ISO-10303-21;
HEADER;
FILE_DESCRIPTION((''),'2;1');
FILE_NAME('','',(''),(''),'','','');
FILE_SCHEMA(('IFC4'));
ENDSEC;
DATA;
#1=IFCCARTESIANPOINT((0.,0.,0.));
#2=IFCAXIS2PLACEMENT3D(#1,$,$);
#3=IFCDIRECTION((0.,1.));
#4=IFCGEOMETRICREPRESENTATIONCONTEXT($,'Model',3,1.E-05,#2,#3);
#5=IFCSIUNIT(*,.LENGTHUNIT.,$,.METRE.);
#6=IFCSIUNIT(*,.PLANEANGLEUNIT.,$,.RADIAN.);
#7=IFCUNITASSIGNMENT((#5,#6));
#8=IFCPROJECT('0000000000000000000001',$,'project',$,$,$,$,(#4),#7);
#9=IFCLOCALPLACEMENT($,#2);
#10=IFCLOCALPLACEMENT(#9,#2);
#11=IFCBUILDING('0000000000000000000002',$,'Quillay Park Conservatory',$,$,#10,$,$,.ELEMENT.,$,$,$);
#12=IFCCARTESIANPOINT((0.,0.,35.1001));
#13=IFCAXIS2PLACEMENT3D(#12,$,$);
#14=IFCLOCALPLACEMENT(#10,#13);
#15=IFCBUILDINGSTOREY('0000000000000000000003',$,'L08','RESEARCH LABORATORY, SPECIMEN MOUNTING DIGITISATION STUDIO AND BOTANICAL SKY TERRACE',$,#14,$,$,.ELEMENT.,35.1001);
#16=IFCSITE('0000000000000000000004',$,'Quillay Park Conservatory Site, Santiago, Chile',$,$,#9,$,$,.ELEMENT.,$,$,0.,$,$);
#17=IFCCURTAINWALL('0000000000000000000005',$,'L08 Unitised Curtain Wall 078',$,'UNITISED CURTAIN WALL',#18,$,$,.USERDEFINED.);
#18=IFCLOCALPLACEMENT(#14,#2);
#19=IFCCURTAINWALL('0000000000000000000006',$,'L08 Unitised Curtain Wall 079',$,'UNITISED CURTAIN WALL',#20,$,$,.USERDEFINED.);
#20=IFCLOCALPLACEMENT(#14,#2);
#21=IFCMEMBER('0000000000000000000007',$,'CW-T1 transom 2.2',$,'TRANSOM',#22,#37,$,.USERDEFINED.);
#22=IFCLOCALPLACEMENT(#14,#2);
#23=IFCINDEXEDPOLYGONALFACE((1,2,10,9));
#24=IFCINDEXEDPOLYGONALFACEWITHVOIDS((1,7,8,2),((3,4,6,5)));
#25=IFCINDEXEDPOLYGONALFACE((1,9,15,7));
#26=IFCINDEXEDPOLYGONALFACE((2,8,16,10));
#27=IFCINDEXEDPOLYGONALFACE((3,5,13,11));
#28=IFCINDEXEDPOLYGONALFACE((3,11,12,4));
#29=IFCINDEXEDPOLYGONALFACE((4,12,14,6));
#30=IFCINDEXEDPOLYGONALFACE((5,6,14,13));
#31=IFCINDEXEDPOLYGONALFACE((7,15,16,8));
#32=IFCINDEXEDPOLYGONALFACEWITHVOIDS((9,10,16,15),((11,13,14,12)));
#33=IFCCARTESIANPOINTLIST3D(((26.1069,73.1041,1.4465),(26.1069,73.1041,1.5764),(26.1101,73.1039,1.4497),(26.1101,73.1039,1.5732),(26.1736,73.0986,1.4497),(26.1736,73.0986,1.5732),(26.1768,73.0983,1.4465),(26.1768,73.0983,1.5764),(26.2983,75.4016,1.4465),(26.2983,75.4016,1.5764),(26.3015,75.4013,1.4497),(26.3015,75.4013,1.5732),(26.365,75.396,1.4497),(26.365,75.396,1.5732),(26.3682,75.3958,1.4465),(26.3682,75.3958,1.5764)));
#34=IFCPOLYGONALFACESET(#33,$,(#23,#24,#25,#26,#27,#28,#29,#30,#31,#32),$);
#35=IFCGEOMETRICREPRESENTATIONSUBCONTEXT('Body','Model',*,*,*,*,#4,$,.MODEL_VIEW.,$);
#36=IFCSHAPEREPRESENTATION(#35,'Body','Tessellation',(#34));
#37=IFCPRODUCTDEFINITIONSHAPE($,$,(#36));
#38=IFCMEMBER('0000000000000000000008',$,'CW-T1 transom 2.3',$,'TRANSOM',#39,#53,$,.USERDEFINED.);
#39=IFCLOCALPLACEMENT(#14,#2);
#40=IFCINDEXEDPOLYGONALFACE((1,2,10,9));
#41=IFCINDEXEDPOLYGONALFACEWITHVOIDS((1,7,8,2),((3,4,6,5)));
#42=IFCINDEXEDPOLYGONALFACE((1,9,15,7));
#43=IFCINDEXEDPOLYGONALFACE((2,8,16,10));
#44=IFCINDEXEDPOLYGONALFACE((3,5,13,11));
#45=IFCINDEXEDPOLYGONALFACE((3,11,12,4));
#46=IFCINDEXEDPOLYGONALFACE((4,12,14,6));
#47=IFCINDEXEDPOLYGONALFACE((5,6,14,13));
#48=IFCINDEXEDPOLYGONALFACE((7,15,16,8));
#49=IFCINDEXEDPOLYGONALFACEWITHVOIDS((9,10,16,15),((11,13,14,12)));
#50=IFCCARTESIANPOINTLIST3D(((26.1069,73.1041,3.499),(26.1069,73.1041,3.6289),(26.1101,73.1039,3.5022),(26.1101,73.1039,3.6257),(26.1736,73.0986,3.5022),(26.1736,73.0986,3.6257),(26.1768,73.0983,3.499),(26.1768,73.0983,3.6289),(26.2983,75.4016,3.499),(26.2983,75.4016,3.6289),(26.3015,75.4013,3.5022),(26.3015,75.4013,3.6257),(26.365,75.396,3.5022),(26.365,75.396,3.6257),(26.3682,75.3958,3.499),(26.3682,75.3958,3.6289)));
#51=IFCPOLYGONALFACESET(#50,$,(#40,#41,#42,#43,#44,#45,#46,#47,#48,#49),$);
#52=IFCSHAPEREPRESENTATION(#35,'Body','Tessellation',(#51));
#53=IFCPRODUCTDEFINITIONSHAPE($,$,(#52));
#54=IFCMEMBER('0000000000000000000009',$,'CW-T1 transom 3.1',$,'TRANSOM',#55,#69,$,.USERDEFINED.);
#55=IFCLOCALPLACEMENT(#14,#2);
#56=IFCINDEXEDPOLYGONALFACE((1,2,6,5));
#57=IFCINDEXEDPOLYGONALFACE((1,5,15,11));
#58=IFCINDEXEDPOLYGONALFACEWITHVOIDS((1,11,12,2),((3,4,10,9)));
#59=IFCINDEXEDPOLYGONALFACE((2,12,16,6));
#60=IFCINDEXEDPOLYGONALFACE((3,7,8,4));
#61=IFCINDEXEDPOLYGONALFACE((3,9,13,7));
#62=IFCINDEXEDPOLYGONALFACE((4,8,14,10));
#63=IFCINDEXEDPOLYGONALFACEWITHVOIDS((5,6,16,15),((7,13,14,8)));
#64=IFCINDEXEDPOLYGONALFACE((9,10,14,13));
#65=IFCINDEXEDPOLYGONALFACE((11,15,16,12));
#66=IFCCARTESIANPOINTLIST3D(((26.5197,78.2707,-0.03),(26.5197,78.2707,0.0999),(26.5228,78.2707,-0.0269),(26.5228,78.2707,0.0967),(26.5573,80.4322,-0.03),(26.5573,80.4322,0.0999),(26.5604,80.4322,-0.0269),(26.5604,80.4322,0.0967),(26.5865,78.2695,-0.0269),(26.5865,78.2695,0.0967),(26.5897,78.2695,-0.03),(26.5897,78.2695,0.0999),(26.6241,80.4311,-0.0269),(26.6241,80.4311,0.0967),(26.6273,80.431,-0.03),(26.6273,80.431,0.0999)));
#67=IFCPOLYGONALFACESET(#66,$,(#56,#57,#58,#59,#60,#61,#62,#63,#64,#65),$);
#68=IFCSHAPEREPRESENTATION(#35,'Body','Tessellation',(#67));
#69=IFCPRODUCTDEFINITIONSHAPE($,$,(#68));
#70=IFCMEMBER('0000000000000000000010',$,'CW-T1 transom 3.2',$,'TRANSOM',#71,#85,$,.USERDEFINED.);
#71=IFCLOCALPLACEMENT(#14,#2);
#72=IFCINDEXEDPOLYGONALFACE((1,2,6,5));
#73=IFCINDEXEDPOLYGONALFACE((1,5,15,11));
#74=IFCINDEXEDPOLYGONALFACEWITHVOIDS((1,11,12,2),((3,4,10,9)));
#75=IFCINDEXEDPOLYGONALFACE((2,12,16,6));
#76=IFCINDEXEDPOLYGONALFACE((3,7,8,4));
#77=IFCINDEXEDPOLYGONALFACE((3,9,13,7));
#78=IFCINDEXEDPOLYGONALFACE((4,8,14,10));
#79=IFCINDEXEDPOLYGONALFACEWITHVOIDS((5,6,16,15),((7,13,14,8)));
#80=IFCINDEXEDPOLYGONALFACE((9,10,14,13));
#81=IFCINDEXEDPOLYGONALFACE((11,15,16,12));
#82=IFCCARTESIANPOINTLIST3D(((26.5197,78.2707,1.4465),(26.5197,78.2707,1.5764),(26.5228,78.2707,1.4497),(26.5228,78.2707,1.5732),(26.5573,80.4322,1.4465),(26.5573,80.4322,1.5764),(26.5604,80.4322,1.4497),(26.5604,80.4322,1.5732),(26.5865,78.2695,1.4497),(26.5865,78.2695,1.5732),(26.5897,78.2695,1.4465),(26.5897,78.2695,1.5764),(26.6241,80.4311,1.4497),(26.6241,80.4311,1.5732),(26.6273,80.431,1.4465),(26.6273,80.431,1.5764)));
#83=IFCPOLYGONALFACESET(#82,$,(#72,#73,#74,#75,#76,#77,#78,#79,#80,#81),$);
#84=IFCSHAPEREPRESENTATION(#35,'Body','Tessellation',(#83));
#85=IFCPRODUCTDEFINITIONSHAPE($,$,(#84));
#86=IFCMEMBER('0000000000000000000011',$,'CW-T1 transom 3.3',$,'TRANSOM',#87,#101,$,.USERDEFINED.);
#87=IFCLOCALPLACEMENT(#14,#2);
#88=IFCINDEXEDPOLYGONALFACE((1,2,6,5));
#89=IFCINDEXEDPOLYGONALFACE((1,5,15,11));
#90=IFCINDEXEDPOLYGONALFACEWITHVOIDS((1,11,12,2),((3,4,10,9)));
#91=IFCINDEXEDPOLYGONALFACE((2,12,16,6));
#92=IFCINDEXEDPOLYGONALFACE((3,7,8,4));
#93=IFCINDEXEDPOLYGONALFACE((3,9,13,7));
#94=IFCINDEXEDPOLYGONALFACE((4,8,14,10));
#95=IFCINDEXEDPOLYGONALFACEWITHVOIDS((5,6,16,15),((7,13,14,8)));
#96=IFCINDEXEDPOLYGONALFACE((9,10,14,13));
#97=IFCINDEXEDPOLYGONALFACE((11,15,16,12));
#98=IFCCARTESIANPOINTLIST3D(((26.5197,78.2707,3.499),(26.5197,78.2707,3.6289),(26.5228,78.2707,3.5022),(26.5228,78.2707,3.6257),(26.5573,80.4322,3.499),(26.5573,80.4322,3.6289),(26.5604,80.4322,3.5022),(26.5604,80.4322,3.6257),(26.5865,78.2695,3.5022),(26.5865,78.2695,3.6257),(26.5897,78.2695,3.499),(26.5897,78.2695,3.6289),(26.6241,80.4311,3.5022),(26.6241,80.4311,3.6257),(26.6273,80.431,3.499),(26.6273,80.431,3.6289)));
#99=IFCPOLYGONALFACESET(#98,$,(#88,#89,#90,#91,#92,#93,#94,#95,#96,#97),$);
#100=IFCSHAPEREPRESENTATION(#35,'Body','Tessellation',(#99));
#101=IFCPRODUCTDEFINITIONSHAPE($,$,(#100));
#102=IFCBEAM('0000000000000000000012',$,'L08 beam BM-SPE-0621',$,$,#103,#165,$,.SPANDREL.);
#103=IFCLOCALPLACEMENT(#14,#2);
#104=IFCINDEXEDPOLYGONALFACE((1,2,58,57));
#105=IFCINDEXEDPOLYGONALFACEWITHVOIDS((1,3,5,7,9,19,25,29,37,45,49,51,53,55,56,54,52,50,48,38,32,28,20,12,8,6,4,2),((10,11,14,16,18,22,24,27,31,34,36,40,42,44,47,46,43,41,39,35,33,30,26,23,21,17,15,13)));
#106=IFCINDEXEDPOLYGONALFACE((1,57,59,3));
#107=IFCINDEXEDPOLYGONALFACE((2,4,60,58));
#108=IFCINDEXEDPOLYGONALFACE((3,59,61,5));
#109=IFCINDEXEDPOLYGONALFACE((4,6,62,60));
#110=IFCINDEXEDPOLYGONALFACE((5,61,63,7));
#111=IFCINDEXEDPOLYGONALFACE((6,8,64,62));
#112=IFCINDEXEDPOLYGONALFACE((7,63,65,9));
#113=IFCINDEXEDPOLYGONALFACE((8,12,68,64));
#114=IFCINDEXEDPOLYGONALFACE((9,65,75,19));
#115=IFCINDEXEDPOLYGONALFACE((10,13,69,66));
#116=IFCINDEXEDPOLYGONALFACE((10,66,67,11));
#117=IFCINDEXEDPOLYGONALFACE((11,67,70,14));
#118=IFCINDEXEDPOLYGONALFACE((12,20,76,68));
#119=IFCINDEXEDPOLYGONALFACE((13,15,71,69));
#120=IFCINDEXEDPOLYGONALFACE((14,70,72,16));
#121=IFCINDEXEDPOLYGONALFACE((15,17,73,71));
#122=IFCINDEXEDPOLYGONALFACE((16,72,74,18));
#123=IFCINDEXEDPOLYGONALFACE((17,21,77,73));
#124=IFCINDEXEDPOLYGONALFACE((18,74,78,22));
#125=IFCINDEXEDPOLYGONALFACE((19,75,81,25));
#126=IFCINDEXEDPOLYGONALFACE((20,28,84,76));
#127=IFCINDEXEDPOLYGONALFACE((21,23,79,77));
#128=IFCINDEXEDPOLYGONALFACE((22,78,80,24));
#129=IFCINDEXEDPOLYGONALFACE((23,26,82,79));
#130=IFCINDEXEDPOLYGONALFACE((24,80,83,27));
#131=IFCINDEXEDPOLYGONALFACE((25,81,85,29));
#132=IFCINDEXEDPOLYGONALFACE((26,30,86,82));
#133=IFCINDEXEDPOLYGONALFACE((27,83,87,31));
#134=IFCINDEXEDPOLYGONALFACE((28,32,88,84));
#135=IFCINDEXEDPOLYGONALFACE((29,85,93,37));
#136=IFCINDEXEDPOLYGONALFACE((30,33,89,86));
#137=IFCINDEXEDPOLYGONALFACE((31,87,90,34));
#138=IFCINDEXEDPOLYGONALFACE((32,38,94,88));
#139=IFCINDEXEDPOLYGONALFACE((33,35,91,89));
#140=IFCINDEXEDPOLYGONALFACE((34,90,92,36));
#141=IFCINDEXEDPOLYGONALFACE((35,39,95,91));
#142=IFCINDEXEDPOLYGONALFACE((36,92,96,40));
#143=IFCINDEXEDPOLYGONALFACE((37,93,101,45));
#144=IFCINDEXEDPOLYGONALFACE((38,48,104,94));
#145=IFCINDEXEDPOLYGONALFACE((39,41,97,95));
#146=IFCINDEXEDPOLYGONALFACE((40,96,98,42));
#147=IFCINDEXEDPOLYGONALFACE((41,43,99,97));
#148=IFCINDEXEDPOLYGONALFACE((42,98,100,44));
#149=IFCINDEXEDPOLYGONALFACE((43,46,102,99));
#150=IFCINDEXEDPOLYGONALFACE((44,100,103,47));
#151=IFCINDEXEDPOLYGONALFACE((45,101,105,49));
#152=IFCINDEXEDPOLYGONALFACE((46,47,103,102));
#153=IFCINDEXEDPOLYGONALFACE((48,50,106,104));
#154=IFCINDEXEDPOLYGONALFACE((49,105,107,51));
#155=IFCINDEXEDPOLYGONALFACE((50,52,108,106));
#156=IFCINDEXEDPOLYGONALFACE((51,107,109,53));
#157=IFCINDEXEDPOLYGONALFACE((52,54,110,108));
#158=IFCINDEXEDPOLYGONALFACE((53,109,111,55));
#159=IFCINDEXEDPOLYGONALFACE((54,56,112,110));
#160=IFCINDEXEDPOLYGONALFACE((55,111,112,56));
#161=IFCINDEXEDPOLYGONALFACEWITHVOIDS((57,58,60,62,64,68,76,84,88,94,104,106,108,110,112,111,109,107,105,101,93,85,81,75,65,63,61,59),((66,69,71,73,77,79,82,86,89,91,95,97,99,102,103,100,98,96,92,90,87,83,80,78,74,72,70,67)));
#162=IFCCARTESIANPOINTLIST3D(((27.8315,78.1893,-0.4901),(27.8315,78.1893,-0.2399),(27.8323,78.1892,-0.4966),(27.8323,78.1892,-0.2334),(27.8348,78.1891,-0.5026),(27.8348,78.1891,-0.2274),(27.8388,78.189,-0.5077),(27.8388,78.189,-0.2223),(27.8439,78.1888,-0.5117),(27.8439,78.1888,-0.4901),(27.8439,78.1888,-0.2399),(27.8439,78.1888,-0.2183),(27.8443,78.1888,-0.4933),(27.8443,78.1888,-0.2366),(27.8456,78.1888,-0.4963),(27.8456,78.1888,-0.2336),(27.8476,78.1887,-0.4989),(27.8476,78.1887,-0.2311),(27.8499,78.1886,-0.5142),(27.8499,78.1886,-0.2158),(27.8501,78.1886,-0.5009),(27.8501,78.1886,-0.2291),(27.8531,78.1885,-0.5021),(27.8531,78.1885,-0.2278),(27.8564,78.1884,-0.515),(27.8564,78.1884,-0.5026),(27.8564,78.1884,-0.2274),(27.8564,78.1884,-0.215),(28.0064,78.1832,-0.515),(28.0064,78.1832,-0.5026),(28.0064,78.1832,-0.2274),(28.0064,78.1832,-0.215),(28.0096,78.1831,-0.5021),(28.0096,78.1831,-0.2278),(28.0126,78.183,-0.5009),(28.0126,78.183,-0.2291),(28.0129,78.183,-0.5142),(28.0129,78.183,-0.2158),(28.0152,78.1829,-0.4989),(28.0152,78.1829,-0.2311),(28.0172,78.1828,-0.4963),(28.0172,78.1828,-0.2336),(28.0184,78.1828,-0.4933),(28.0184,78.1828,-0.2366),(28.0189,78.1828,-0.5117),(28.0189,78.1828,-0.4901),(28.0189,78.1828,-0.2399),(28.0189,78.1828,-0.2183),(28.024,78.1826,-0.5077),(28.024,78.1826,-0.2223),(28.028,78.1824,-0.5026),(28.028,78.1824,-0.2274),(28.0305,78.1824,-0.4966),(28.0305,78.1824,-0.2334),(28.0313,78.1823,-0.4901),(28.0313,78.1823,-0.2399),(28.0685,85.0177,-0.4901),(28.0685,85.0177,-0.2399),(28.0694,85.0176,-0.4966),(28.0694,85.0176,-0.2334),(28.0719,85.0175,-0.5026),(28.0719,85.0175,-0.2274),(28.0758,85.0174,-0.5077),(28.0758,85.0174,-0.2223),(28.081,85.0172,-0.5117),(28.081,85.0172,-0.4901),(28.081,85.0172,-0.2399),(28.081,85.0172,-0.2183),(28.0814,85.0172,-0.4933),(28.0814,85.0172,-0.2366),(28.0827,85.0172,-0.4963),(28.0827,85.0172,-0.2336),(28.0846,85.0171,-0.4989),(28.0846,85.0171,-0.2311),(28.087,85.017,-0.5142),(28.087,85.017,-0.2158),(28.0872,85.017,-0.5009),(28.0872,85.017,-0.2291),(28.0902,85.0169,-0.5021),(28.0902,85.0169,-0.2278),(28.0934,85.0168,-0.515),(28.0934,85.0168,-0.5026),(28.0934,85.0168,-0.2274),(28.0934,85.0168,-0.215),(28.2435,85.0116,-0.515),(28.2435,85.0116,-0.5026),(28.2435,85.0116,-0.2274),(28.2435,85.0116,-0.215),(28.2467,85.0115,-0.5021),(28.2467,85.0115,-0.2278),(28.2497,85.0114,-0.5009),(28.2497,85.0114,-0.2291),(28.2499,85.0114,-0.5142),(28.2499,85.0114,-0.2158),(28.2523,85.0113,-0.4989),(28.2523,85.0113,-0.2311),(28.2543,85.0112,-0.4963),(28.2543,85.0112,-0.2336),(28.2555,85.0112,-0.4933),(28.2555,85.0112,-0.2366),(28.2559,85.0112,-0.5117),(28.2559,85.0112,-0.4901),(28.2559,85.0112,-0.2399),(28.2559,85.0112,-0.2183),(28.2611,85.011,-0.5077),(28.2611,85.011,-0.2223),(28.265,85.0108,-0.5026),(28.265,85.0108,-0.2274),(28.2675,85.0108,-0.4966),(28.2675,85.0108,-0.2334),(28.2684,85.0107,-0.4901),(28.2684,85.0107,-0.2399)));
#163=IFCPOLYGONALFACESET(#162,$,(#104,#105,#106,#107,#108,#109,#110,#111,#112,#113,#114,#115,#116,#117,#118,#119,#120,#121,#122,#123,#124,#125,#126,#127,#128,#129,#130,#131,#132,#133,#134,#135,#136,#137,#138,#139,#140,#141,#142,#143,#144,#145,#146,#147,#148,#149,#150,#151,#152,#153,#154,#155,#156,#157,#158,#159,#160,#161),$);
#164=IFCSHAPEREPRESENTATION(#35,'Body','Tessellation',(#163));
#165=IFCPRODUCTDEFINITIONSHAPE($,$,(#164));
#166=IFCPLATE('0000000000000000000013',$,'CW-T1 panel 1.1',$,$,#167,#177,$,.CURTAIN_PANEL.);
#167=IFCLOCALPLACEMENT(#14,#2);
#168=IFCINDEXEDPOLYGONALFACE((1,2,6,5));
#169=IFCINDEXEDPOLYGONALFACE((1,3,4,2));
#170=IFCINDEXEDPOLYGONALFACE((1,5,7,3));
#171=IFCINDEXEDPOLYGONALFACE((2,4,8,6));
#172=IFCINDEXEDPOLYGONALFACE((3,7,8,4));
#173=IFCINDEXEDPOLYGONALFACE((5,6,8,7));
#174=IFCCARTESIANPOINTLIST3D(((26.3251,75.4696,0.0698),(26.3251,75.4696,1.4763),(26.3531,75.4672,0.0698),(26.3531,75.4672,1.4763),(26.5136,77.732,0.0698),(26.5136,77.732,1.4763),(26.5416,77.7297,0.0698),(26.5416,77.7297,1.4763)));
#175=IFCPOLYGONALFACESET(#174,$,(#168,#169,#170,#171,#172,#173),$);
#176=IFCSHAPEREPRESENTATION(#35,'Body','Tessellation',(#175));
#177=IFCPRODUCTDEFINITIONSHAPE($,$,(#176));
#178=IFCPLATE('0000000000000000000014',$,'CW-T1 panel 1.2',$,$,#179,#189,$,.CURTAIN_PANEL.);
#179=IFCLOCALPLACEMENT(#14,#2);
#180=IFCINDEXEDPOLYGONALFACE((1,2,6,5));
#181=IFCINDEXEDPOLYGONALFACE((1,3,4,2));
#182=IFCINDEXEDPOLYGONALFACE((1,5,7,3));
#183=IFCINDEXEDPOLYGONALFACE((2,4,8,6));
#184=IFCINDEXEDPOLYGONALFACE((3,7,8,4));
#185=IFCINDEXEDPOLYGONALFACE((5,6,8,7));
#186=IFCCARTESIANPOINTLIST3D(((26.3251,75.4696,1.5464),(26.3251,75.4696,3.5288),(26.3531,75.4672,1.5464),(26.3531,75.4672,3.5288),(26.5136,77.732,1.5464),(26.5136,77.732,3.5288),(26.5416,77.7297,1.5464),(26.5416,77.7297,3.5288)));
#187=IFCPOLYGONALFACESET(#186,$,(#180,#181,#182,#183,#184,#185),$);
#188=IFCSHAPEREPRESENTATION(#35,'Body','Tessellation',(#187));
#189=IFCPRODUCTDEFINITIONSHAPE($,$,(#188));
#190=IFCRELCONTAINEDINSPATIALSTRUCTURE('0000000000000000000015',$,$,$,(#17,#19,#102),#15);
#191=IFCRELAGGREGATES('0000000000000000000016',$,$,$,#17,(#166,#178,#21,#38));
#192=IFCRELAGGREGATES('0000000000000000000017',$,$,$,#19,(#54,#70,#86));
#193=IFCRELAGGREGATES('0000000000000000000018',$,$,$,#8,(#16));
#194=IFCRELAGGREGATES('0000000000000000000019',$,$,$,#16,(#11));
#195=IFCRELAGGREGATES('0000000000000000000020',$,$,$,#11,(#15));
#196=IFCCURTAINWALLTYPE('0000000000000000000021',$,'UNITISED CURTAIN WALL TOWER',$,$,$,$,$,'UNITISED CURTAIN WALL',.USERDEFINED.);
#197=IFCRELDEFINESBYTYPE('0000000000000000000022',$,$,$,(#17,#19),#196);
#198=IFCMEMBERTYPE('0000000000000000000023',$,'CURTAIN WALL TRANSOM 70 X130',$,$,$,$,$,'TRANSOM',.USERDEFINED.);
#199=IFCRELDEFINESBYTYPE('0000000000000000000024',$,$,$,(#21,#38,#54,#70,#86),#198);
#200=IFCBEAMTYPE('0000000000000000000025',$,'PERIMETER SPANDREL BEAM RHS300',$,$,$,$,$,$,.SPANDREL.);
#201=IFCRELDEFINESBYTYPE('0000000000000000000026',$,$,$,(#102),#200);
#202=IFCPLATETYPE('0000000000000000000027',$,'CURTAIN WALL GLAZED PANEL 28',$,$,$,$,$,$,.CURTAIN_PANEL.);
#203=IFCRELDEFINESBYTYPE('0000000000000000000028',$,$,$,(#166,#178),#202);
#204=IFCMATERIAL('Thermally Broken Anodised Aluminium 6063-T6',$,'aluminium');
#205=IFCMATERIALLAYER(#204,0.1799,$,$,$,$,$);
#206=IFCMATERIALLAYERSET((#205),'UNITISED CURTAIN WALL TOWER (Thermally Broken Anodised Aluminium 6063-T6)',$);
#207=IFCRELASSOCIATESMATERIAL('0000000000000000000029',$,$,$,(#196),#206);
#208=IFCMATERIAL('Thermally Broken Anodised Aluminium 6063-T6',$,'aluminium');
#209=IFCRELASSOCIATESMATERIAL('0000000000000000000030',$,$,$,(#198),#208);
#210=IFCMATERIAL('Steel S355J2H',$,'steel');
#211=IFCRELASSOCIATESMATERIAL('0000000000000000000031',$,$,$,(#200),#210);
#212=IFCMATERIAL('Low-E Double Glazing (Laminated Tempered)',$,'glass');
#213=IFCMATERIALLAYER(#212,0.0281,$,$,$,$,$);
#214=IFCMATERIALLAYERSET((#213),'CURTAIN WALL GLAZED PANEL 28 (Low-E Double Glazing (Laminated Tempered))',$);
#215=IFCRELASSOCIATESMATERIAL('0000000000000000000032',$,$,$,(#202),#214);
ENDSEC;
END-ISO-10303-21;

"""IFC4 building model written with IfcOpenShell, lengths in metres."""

from ifc_helpers import new_model, si_unit, direction, frame, origin, origin_2d, place, context, subcontext, project, spatial, rectangle, hollow_rectangle, extrude, material, layer, layer_set, material_profile, profile_set, type_object, element, aggregate, save


model = new_model("IFC4")

# Units and contexts
model_context = context("Model", 3, precision=1e-05, world=origin(), true_north=direction((0.0, 1.0)))
body_context = subcontext(model_context, "Body", "Model", "MODEL_VIEW")
ifc_project = project(units=[si_unit("LENGTHUNIT", "METRE"), si_unit("PLANEANGLEUNIT", "RADIAN")], contexts=[model_context])

# Site, building, storey
site_placement = place(None, origin())
site = spatial("IfcSite", under=ifc_project, at=site_placement, Name="Quillay Park Conservatory Site, Santiago, Chile", CompositionType="ELEMENT", RefElevation=0.0)
building_placement = place(site_placement, origin())
building = spatial("IfcBuilding", under=site, at=building_placement, Name="Quillay Park Conservatory", CompositionType="ELEMENT")
storey_placement = place(building_placement, frame((0.0, 0.0, 35.1001)))
storey = spatial("IfcBuildingStorey", under=building, at=storey_placement, Name="L08", Description="RESEARCH LABORATORY, SPECIMEN MOUNTING DIGITISATION STUDIO AND BOTANICAL SKY TERRACE", CompositionType="ELEMENT", Elevation=35.1001)

# Curtain walls
ifc_material_1 = material(Name="Thermally Broken Anodised Aluminium 6063-T6", Category="aluminium")
ifc_layer_1 = layer(ifc_material_1, 0.1799)
ifc_layer_set_1 = layer_set([ifc_layer_1], Name="UNITISED CURTAIN WALL TOWER (Thermally Broken Anodised Aluminium 6063-T6)")
curtain_wall_type = type_object("IfcCurtainWallType", Name="UNITISED CURTAIN WALL TOWER", ElementType="UNITISED CURTAIN WALL", PredefinedType="USERDEFINED", material=ifc_layer_set_1)
curtain_wall_1_placement = place(storey_placement, origin())
curtain_wall_1 = element("IfcCurtainWall", 1, at=curtain_wall_1_placement, inside=storey, type_object=curtain_wall_type, Name="L08 Unitised Curtain Wall 078", ObjectType="UNITISED CURTAIN WALL", PredefinedType="USERDEFINED")
curtain_wall_2_placement = place(storey_placement, origin())
curtain_wall_2 = element("IfcCurtainWall", 2, at=curtain_wall_2_placement, inside=storey, type_object=curtain_wall_type, Name="L08 Unitised Curtain Wall 079", ObjectType="UNITISED CURTAIN WALL", PredefinedType="USERDEFINED")

# Members
ifc_material_2 = material(Name="Thermally Broken Anodised Aluminium 6063-T6", Category="aluminium")
ifc_material_profile_1 = material_profile(ifc_material_2, hollow_rectangle(XDim=0.0701, YDim=0.1299, WallThickness=0.0032, at=origin_2d()), Name="AL70x130x3.2")
ifc_profile_set_1 = profile_set([ifc_material_profile_1], Name="Thermally Broken Anodised Aluminium 6063-T6")
member_type_1 = type_object("IfcMemberType", Name="CURTAIN WALL TRANSOM 70 X130", ElementType="TRANSOM", PredefinedType="USERDEFINED", material=ifc_profile_set_1)
member_1_placement = place(storey_placement, frame((26.3333, 75.3987, 1.5115), z_axis=(-0.083028, -0.996547, 0.0), x_axis=(0.996547, -0.083028, 0.0)))
member_1 = element("IfcMember", 3, at=member_1_placement, type_object=member_type_1, Name="CW-T1 transom 2.2", ObjectType="TRANSOM", PredefinedType="USERDEFINED", context=body_context, shape_type="SweptSolid", body=[
    extrude(hollow_rectangle(XDim=0.0701, YDim=0.1299, WallThickness=0.0032, at=origin_2d()), origin(), (0.0, 0.0, 1.0), 2.3054),
])
member_2_placement = place(storey_placement, frame((26.3333, 75.3987, 3.564), z_axis=(-0.083028, -0.996547, 0.0), x_axis=(0.996547, -0.083028, 0.0)))
member_2 = element("IfcMember", 4, at=member_2_placement, type_object=member_type_1, Name="CW-T1 transom 2.3", ObjectType="TRANSOM", PredefinedType="USERDEFINED", context=body_context, shape_type="SweptSolid", body=[
    extrude(hollow_rectangle(XDim=0.0701, YDim=0.1299, WallThickness=0.0032, at=origin_2d()), origin(), (0.0, 0.0, 1.0), 2.3054),
])
member_3_placement = place(storey_placement, frame((26.5923, 80.4316, 0.0349), z_axis=(-0.017391, -0.999849, 0.0), x_axis=(0.999849, -0.017391, 0.0)))
member_3 = element("IfcMember", 5, at=member_3_placement, type_object=member_type_1, Name="CW-T1 transom 3.1", ObjectType="TRANSOM", PredefinedType="USERDEFINED", context=body_context, shape_type="SweptSolid", body=[
    extrude(hollow_rectangle(XDim=0.0701, YDim=0.1299, WallThickness=0.0032, at=origin_2d()), origin(), (0.0, 0.0, 1.0), 2.1619),
])
member_4_placement = place(storey_placement, frame((26.5923, 80.4316, 1.5115), z_axis=(-0.017391, -0.999849, 0.0), x_axis=(0.999849, -0.017391, 0.0)))
member_4 = element("IfcMember", 6, at=member_4_placement, type_object=member_type_1, Name="CW-T1 transom 3.2", ObjectType="TRANSOM", PredefinedType="USERDEFINED", context=body_context, shape_type="SweptSolid", body=[
    extrude(hollow_rectangle(XDim=0.0701, YDim=0.1299, WallThickness=0.0032, at=origin_2d()), origin(), (0.0, 0.0, 1.0), 2.1619),
])
member_5_placement = place(storey_placement, frame((26.5923, 80.4316, 3.564), z_axis=(-0.017391, -0.999849, 0.0), x_axis=(0.999849, -0.017391, 0.0)))
member_5 = element("IfcMember", 7, at=member_5_placement, type_object=member_type_1, Name="CW-T1 transom 3.3", ObjectType="TRANSOM", PredefinedType="USERDEFINED", context=body_context, shape_type="SweptSolid", body=[
    extrude(hollow_rectangle(XDim=0.0701, YDim=0.1299, WallThickness=0.0032, at=origin_2d()), origin(), (0.0, 0.0, 1.0), 2.1619),
])

# Beam
ifc_material_3 = material(Name="Steel S355J2H", Category="steel")
ifc_material_profile_2 = material_profile(ifc_material_3, hollow_rectangle(XDim=0.2, YDim=0.3, WallThickness=0.0125, InnerFilletRadius=0.0125, OuterFilletRadius=0.0249, at=origin_2d()), Name="RHS300x200x12.5")
ifc_profile_set_2 = profile_set([ifc_material_profile_2], Name="Steel S355J2H")
beam_type = type_object("IfcBeamType", Name="PERIMETER SPANDREL BEAM RHS300", PredefinedType="SPANDREL", material=ifc_profile_set_2)
beam_placement = place(storey_placement, frame((27.9314, 78.1858, -0.365), z_axis=(0.034696, 0.999398, 0.0), x_axis=(-0.999398, 0.034696, 0.0)))
element("IfcBeam", 8, at=beam_placement, inside=storey, type_object=beam_type, Name="L08 beam BM-SPE-0621", PredefinedType="SPANDREL", context=body_context, shape_type="SweptSolid", body=[
    extrude(hollow_rectangle(XDim=0.2, YDim=0.3, WallThickness=0.0125, InnerFilletRadius=0.0125, OuterFilletRadius=0.0249, at=origin_2d()), origin(), (0.0, 0.0, 1.0), 6.8325),
])

# Plates
ifc_material_4 = material(Name="Low-E Double Glazing (Laminated Tempered)", Category="glass")
ifc_layer_2 = layer(ifc_material_4, 0.0281)
ifc_layer_set_2 = layer_set([ifc_layer_2], Name="CURTAIN WALL GLAZED PANEL 28 (Low-E Double Glazing (Laminated Tempered))")
plate_type_1 = type_object("IfcPlateType", Name="CURTAIN WALL GLAZED PANEL 28", PredefinedType="CURTAIN_PANEL", material=ifc_layer_set_2)
plate_1_placement = place(storey_placement, frame((26.4333, 76.5996, 0.0698), z_axis=(0.0, 0.0, 1.0), x_axis=(-0.083048, -0.996546, 0.0)))
plate_1 = element("IfcPlate", 9, at=plate_1_placement, type_object=plate_type_1, Name="CW-T1 panel 1.1", PredefinedType="CURTAIN_PANEL", context=body_context, shape_type="SweptSolid", body=[
    extrude(rectangle(XDim=2.2703, YDim=0.0281, at=origin_2d()), origin(), (0.0, 0.0, 1.0), 1.4065),
])
plate_2_placement = place(storey_placement, frame((26.4333, 76.5996, 1.5464), z_axis=(0.0, 0.0, 1.0), x_axis=(-0.083048, -0.996546, 0.0)))
plate_2 = element("IfcPlate", 10, at=plate_2_placement, type_object=plate_type_1, Name="CW-T1 panel 1.2", PredefinedType="CURTAIN_PANEL", context=body_context, shape_type="SweptSolid", body=[
    extrude(rectangle(XDim=2.2703, YDim=0.0281, at=origin_2d()), origin(), (0.0, 0.0, 1.0), 1.9824),
])
aggregate(curtain_wall_1, [plate_1, plate_2, member_1, member_2])
aggregate(curtain_wall_2, [member_3, member_4, member_5])

save(model, "model.ifc")
